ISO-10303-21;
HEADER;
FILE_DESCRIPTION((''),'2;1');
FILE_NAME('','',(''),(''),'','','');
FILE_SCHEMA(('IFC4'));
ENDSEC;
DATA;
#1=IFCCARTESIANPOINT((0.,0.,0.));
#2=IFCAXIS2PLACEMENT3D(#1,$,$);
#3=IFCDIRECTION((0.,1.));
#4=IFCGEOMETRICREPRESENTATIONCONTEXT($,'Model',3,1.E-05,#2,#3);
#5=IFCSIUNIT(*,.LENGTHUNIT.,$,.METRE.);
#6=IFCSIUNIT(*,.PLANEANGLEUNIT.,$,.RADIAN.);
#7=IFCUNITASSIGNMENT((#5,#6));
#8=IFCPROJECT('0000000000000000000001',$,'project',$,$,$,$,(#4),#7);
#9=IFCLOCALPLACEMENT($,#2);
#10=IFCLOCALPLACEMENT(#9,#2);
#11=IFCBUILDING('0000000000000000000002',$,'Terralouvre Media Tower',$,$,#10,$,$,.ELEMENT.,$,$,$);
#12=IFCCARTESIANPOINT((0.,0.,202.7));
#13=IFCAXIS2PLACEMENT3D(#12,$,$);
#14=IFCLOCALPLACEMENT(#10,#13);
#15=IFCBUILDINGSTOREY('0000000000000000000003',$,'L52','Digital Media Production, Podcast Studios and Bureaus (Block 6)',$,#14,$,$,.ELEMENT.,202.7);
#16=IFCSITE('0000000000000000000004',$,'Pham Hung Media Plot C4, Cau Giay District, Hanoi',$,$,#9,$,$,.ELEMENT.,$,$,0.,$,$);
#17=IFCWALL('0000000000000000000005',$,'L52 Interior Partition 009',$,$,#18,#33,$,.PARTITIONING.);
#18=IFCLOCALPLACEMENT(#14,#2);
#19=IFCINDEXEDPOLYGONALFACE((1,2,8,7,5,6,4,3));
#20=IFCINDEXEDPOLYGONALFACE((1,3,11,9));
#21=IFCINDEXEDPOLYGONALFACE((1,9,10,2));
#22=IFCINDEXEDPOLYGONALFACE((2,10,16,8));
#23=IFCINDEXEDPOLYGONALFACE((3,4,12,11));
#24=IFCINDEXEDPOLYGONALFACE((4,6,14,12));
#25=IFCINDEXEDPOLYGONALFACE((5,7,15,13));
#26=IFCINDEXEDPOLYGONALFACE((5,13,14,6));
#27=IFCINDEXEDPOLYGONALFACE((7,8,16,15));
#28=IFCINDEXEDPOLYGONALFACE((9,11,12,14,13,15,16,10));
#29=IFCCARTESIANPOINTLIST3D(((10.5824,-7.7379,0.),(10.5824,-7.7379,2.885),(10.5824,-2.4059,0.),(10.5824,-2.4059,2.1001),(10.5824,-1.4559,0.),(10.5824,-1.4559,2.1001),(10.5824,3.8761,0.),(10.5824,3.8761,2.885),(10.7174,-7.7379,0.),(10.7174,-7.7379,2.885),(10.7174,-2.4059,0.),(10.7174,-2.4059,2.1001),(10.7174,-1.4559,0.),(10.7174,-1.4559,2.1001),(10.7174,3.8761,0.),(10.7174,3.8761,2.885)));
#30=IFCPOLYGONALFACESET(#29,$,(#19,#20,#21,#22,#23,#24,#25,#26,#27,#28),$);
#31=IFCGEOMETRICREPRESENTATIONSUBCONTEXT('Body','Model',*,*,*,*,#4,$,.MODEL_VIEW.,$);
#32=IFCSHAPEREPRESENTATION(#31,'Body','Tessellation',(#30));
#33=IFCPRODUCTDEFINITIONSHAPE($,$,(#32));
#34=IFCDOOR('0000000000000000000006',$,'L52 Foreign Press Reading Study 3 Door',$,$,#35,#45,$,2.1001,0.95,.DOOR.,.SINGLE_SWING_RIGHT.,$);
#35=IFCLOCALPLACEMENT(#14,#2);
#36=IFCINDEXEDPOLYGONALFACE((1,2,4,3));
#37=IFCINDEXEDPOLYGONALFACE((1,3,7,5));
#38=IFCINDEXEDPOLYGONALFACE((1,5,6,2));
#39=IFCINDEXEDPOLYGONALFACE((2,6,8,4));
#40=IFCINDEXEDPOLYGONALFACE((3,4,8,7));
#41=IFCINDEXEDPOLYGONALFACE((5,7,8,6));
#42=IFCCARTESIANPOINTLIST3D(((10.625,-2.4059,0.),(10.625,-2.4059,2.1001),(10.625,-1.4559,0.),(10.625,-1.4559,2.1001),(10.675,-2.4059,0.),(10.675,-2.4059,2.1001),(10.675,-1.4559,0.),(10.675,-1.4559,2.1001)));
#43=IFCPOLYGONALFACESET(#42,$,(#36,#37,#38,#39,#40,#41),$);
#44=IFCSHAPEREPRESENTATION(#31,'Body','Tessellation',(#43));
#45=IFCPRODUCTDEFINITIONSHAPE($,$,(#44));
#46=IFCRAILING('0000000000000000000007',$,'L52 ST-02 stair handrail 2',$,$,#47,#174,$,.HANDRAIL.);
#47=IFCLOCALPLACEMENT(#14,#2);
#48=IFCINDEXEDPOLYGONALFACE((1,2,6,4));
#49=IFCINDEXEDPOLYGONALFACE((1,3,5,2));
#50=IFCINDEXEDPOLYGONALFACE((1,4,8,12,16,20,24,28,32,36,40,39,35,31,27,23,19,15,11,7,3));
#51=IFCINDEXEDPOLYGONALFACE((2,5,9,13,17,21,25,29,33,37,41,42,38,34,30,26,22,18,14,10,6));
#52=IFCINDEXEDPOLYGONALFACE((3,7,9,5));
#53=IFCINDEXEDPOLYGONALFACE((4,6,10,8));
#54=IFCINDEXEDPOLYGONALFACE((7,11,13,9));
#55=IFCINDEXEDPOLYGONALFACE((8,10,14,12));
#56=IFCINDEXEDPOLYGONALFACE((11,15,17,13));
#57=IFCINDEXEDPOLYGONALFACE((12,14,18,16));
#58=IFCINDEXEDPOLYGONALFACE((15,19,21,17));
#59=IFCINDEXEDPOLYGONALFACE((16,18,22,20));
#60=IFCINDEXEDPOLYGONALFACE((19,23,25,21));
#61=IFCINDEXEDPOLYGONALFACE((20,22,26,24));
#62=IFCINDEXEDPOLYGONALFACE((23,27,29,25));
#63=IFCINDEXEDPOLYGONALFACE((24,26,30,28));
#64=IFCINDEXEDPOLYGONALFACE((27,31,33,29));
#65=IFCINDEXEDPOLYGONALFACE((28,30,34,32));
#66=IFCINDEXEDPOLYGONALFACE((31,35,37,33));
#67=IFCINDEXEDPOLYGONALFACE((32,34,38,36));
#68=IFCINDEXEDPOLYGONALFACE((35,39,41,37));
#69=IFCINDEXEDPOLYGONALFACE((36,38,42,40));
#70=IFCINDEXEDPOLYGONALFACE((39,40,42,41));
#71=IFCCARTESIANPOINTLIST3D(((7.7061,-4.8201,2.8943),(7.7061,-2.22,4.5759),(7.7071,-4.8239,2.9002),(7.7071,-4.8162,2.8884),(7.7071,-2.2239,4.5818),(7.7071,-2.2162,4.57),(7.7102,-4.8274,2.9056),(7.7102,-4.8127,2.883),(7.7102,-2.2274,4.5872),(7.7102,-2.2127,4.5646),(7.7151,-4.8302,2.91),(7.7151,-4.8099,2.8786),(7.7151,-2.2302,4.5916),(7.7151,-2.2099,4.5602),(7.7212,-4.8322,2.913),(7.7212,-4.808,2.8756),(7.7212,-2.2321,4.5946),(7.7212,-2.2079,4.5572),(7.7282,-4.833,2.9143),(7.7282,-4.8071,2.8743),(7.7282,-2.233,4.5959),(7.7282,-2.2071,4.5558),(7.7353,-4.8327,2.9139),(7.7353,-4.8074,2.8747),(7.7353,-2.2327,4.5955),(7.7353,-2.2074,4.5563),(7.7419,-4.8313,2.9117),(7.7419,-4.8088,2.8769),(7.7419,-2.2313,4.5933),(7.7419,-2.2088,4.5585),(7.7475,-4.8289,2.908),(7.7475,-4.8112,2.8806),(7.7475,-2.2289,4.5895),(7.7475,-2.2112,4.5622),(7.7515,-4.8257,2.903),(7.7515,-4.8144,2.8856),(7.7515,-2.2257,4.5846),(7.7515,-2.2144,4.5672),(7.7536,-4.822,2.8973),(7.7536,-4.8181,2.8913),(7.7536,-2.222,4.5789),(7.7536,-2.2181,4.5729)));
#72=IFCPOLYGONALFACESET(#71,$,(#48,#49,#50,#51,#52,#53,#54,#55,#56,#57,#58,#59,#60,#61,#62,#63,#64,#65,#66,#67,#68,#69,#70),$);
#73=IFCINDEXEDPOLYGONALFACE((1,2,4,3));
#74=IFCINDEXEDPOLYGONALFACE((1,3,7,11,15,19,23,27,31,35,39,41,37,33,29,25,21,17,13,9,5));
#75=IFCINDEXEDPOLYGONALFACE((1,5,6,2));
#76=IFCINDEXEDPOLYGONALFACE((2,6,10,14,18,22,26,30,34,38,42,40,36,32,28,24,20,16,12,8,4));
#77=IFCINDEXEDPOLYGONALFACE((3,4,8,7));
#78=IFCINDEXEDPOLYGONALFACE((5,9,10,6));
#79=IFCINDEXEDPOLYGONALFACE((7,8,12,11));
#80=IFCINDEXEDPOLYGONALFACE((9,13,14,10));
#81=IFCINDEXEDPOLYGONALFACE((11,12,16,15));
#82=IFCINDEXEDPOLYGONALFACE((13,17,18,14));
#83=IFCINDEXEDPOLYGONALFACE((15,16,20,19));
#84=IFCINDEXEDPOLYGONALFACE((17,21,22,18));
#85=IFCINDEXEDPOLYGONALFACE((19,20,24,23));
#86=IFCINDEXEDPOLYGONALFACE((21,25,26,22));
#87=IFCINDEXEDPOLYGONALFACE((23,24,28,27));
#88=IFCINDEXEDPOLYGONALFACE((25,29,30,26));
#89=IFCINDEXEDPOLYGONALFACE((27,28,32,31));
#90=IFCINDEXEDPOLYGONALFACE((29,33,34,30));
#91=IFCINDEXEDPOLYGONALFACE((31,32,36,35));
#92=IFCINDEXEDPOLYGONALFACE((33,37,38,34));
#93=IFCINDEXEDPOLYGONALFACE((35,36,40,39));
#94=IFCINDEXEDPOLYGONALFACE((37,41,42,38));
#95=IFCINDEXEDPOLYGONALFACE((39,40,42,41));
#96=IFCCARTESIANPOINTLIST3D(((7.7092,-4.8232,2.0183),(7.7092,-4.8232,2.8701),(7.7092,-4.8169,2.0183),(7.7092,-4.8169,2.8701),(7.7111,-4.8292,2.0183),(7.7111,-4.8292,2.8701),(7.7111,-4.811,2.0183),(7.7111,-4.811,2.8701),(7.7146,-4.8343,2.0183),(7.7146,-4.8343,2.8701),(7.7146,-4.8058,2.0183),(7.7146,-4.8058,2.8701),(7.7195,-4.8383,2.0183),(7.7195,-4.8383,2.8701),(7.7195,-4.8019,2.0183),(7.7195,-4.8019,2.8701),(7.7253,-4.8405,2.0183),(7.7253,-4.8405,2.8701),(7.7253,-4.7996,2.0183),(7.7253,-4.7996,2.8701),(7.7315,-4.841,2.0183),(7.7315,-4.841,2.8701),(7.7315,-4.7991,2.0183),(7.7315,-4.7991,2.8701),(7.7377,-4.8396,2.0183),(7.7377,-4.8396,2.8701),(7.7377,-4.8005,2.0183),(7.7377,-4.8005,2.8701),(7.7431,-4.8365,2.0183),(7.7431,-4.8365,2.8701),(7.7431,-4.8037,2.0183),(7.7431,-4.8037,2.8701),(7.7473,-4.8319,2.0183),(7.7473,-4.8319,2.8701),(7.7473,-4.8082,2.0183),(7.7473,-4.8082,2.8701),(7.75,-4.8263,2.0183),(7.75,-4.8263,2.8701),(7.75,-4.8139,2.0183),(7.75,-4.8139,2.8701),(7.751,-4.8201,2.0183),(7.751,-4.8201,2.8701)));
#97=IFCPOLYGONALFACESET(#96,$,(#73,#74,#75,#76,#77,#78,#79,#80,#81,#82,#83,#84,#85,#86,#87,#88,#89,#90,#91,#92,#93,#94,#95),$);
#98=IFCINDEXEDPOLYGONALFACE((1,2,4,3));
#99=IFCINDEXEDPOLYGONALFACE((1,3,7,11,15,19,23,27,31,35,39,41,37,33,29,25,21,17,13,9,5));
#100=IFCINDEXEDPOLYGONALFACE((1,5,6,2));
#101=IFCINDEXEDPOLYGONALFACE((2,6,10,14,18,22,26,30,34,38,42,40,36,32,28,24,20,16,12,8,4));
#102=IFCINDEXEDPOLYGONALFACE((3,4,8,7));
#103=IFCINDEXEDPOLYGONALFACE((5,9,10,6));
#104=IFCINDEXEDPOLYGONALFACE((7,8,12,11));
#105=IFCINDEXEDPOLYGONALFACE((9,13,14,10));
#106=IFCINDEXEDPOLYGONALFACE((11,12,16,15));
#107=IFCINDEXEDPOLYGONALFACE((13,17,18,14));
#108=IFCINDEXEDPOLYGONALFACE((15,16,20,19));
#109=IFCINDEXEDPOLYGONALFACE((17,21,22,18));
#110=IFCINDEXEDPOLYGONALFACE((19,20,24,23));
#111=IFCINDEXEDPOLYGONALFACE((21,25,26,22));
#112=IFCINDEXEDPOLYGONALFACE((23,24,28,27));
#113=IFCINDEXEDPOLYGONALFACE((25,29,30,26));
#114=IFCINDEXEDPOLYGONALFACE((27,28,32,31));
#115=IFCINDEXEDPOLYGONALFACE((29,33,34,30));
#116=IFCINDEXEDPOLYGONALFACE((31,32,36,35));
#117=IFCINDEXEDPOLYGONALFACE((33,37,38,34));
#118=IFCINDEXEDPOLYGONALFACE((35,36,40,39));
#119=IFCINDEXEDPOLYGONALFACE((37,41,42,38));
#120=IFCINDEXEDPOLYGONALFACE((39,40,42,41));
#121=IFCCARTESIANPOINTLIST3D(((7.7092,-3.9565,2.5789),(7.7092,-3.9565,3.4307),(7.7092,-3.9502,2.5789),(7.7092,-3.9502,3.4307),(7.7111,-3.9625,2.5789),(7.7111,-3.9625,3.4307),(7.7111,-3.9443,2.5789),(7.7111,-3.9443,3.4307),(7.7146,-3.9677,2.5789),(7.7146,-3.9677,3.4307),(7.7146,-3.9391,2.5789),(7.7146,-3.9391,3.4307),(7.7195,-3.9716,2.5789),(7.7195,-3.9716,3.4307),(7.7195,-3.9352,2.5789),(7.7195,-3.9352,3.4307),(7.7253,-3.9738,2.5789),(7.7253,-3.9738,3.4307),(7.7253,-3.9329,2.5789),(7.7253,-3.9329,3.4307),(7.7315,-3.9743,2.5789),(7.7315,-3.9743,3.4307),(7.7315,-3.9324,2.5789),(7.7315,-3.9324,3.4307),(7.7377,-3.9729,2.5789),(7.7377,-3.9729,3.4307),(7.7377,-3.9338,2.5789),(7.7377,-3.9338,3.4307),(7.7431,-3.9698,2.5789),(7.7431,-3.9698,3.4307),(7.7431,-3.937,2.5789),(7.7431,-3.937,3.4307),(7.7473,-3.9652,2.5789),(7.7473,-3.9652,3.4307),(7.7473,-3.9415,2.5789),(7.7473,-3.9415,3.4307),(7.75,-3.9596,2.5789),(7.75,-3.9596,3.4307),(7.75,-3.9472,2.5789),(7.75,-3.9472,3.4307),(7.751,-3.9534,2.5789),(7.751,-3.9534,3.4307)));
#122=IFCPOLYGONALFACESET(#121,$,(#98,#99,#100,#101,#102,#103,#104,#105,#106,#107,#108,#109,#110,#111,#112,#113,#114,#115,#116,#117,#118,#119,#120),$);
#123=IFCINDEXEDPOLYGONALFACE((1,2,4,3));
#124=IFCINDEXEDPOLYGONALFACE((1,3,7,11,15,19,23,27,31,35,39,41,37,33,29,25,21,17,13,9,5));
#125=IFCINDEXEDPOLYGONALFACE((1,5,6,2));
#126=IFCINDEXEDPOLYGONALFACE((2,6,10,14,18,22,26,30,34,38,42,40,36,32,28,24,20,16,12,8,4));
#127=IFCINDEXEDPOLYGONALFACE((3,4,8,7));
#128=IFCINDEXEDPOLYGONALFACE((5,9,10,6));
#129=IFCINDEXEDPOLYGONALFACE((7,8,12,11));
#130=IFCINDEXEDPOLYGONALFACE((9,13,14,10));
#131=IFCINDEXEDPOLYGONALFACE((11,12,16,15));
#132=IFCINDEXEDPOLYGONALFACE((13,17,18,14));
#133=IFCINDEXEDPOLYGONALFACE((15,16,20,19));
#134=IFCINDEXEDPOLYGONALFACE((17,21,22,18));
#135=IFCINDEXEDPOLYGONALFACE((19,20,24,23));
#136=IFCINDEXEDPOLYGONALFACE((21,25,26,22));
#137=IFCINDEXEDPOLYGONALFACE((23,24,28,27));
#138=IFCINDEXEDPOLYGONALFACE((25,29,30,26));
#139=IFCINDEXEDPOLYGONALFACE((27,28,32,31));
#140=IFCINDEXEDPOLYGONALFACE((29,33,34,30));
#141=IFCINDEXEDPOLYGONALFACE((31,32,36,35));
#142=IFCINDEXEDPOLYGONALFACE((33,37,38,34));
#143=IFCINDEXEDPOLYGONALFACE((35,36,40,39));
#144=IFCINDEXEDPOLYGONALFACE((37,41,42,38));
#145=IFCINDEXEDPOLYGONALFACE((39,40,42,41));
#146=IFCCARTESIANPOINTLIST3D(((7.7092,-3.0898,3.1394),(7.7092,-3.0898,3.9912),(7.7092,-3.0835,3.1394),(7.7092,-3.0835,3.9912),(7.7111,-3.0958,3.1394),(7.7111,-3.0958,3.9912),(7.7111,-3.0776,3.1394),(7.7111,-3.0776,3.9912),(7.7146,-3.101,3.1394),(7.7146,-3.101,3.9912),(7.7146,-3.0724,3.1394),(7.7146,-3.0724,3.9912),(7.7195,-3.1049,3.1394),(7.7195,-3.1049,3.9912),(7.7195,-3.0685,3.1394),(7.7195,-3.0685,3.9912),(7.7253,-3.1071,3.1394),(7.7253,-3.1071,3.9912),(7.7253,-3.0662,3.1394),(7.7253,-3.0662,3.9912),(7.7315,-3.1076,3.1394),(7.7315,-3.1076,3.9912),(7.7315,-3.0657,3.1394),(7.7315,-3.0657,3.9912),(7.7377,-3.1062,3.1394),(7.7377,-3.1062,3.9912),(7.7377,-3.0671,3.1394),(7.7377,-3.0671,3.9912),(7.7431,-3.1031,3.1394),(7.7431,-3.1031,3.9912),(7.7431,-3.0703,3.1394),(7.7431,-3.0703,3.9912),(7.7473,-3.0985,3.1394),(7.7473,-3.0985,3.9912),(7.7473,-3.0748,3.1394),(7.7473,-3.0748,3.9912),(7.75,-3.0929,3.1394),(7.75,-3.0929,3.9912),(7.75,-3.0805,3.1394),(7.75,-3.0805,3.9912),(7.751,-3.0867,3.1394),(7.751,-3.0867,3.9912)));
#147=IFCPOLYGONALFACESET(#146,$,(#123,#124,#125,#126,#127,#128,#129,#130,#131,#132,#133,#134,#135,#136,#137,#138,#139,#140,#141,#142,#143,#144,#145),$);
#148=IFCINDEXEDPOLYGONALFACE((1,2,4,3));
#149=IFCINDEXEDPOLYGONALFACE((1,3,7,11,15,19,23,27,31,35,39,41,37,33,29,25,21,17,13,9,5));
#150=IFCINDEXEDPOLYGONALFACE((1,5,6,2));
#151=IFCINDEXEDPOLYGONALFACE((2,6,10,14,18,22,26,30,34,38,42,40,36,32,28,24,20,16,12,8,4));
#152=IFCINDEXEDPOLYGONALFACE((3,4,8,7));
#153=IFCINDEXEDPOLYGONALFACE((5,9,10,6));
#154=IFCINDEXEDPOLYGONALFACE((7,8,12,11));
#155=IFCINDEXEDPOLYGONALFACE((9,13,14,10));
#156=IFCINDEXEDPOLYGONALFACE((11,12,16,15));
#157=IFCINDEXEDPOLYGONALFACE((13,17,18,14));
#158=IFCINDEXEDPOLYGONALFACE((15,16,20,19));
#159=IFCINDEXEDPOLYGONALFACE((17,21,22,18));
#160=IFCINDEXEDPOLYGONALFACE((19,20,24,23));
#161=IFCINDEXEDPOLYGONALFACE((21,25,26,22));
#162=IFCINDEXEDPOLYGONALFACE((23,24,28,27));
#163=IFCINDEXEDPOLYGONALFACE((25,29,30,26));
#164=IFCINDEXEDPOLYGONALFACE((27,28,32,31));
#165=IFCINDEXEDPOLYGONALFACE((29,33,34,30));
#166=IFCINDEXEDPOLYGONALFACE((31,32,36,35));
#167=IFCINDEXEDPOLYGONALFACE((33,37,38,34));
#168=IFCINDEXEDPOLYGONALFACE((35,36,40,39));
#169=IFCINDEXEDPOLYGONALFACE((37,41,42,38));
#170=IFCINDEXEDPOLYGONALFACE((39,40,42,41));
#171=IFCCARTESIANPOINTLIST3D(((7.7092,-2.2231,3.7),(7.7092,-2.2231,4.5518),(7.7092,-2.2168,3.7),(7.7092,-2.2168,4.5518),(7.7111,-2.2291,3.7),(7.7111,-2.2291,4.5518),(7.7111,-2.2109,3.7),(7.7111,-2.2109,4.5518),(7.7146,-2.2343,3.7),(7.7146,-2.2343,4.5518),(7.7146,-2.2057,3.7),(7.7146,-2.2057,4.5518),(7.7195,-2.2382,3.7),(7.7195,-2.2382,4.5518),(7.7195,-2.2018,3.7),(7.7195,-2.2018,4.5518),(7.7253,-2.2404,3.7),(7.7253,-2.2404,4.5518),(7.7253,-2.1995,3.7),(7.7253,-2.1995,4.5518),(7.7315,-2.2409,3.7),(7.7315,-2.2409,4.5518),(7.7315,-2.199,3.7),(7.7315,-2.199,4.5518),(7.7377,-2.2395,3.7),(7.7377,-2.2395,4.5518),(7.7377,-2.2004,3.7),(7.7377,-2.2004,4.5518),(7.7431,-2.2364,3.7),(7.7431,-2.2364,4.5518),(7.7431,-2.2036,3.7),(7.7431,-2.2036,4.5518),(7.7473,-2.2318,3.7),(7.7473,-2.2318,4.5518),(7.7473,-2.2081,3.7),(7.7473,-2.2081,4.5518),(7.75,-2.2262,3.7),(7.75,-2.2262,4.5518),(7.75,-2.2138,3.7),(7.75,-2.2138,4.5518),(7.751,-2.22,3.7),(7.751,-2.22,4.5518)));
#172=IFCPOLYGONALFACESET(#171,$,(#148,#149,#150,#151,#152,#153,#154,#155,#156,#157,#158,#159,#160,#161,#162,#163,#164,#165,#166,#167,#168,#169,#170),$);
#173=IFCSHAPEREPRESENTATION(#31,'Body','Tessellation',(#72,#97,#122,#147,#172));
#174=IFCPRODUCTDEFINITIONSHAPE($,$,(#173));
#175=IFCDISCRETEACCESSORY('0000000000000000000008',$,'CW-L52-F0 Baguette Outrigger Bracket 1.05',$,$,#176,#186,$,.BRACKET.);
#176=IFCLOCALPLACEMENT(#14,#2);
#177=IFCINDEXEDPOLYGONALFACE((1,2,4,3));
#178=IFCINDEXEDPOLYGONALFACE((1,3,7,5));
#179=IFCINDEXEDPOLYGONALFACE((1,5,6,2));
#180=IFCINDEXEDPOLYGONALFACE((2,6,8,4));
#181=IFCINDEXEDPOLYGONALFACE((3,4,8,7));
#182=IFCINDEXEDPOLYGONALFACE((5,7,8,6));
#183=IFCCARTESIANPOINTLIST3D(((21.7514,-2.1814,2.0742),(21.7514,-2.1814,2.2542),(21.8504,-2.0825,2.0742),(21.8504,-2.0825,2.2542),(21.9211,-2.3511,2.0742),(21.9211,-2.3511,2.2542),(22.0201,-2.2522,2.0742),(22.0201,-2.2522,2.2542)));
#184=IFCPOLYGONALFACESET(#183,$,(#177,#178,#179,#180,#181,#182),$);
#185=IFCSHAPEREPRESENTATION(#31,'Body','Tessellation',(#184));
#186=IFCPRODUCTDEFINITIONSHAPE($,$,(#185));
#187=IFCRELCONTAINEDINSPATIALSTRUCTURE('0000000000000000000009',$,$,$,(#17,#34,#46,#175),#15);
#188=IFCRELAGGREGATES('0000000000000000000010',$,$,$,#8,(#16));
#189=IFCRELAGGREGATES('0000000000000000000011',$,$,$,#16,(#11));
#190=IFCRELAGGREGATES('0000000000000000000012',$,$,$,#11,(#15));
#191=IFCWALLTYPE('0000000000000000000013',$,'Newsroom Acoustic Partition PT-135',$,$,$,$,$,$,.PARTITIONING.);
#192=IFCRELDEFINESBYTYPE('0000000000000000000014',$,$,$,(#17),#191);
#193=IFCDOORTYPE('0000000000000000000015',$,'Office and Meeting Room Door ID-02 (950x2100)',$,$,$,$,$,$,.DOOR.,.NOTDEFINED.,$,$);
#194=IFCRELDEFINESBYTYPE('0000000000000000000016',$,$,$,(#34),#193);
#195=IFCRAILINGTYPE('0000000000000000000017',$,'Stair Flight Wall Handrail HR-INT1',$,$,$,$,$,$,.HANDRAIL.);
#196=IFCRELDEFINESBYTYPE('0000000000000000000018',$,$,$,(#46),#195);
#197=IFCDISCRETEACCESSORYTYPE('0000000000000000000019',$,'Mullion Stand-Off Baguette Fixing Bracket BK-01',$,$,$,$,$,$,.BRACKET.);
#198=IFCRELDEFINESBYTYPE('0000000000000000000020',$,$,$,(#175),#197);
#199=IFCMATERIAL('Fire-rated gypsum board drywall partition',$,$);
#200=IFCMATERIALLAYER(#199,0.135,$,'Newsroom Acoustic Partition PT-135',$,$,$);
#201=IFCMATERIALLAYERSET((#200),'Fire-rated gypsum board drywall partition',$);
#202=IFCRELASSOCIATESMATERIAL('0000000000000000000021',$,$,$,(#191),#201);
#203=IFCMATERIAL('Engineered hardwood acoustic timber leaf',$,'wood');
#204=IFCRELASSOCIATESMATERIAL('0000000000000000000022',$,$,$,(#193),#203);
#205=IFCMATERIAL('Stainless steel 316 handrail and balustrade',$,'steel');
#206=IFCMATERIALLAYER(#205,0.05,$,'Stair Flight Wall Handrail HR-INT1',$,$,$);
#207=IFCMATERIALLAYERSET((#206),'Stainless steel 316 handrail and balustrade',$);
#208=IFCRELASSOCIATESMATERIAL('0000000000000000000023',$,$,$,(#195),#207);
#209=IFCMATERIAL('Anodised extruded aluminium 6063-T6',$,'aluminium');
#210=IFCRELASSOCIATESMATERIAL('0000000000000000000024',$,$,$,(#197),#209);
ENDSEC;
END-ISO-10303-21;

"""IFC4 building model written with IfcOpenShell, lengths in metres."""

from ifc_helpers import new_model, si_unit, direction, frame, frame_2d, origin, origin_2d, place, context, subcontext, project, spatial, rectangle, circle, extrude, material, layer, layer_set, type_object, element, fill, save


model = new_model("IFC4")

# Units and contexts
model_context = context("Model", 3, precision=1e-05, world=origin(), true_north=direction((0.0, 1.0)))
body_context = subcontext(model_context, "Body", "Model", "MODEL_VIEW")
ifc_project = project(units=[si_unit("LENGTHUNIT", "METRE"), si_unit("PLANEANGLEUNIT", "RADIAN")], contexts=[model_context])

# Site, building, storey
site_placement = place(None, origin())
site = spatial("IfcSite", under=ifc_project, at=site_placement, Name="Pham Hung Media Plot C4, Cau Giay District, Hanoi", CompositionType="ELEMENT", RefElevation=0.0)
building_placement = place(site_placement, origin())
building = spatial("IfcBuilding", under=site, at=building_placement, Name="Terralouvre Media Tower", CompositionType="ELEMENT")
storey_placement = place(building_placement, frame((0.0, 0.0, 202.7)))
storey = spatial("IfcBuildingStorey", under=building, at=storey_placement, Name="L52", Description="Digital Media Production, Podcast Studios and Bureaus (Block 6)", CompositionType="ELEMENT", Elevation=202.7)

# Wall, opening, door
ifc_material_1 = material(Name="Fire-rated gypsum board drywall partition")
ifc_layer_1 = layer(ifc_material_1, 0.135, Name="Newsroom Acoustic Partition PT-135")
ifc_layer_set_1 = layer_set([ifc_layer_1], Name="Fire-rated gypsum board drywall partition")
wall_type_1 = type_object("IfcWallType", Name="Newsroom Acoustic Partition PT-135", PredefinedType="PARTITIONING", material=ifc_layer_set_1)
wall_1_placement = place(storey_placement, frame((10.6499, -7.738, 0.0), z_axis=(0.0, 0.0, 1.0), x_axis=(0.0, 1.0, 0.0)))
wall_1 = element("IfcWall", 1, at=wall_1_placement, inside=storey, type_object=wall_type_1, Name="L52 Interior Partition 009", PredefinedType="PARTITIONING", context=body_context, shape_type="SweptSolid", body=[
    extrude(rectangle(XDim=11.614, YDim=0.135, at=frame_2d((5.8071, 0.0))), origin(), (0.0, 0.0, 1.0), 2.885),
])
opening_1_placement = place(wall_1_placement, frame((5.332, 0.0, 0.0)))
opening_1 = element("IfcOpeningElement", 2, at=opening_1_placement, cuts=wall_1, PredefinedType="OPENING", context=body_context, shape_type="SweptSolid", body=[
    extrude(rectangle(XDim=0.95, YDim=2.1001, at=frame_2d((0.4751, 1.05))), frame((0.0, 0.0774, 0.0), z_axis=(0.0, -1.0, 0.0), x_axis=(1.0, 0.0, 0.0)), (0.0, 0.0, 1.0), 0.155),
])
ifc_material_2 = material(Name="Engineered hardwood acoustic timber leaf", Category="wood")
door_type_1 = type_object("IfcDoorType", Name="Office and Meeting Room Door ID-02 (950x2100)", OperationType="NOTDEFINED", PredefinedType="DOOR", material=ifc_material_2)
door_1_placement = place(opening_1_placement, origin())
door_1 = element("IfcDoor", 3, at=door_1_placement, inside=storey, type_object=door_type_1, Name="L52 Foreign Press Reading Study 3 Door", OperationType="SINGLE_SWING_RIGHT", OverallHeight=2.1001, OverallWidth=0.95, PredefinedType="DOOR", context=body_context, shape_type="SweptSolid", body=[
    extrude(rectangle(XDim=0.95, YDim=2.1001, at=frame_2d((0.4751, 1.05))), frame((0.0, 0.0249, 0.0), z_axis=(0.0, -1.0, 0.0), x_axis=(1.0, 0.0, 0.0)), (0.0, 0.0, 1.0), 0.05),
])
fill(opening_1, door_1)

# Railing
ifc_material_3 = material(Name="Stainless steel 316 handrail and balustrade", Category="steel")
ifc_layer_2 = layer(ifc_material_3, 0.05, Name="Stair Flight Wall Handrail HR-INT1")
ifc_layer_set_2 = layer_set([ifc_layer_2], Name="Stainless steel 316 handrail and balustrade")
railing_type = type_object("IfcRailingType", Name="Stair Flight Wall Handrail HR-INT1", PredefinedType="HANDRAIL", material=ifc_layer_set_2)
railing_placement = place(storey_placement, frame((7.73, -4.8201, 2.0183)))
element("IfcRailing", 4, at=railing_placement, inside=storey, type_object=railing_type, Name="L52 ST-02 stair handrail 2", PredefinedType="HANDRAIL", context=body_context, shape_type="SweptSolid", body=[
    extrude(circle(Radius=0.0239, at=origin_2d()), frame((0.0, 0.0, 0.876), z_axis=(0.0, 0.839684, 0.543075), x_axis=(-1.0, 0.0, 0.0)), (0.0, 0.0, 1.0), 3.0964),
    extrude(circle(Radius=0.021, at=origin_2d()), origin(), (0.0, 0.0, 1.0), 0.8518),
    extrude(circle(Radius=0.021, at=origin_2d()), frame((0.0, 0.8667, 0.5605)), (0.0, 0.0, 1.0), 0.8518),
    extrude(circle(Radius=0.021, at=origin_2d()), frame((0.0, 1.7334, 1.1211)), (0.0, 0.0, 1.0), 0.8518),
    extrude(circle(Radius=0.021, at=origin_2d()), frame((0.0, 2.6001, 1.6816)), (0.0, 0.0, 1.0), 0.8518),
])

# Discrete accessory
ifc_material_4 = material(Name="Anodised extruded aluminium 6063-T6", Category="aluminium")
discrete_accessory_type = type_object("IfcDiscreteAccessoryType", Name="Mullion Stand-Off Baguette Fixing Bracket BK-01", PredefinedType="BRACKET", material=ifc_material_4)
discrete_accessory_placement = place(storey_placement, frame((21.8857, -2.2168, 2.0742), z_axis=(0.0, 0.0, 1.0), x_axis=(0.707107, 0.707107, 0.0)))
element("IfcDiscreteAccessory", 5, at=discrete_accessory_placement, inside=storey, type_object=discrete_accessory_type, Name="CW-L52-F0 Baguette Outrigger Bracket 1.05", PredefinedType="BRACKET", context=body_context, shape_type="SweptSolid", body=[
    extrude(rectangle(XDim=0.1399, YDim=0.24, at=origin_2d()), origin(), (0.0, 0.0, 1.0), 0.1799),
])

save(model, "model.ifc")
